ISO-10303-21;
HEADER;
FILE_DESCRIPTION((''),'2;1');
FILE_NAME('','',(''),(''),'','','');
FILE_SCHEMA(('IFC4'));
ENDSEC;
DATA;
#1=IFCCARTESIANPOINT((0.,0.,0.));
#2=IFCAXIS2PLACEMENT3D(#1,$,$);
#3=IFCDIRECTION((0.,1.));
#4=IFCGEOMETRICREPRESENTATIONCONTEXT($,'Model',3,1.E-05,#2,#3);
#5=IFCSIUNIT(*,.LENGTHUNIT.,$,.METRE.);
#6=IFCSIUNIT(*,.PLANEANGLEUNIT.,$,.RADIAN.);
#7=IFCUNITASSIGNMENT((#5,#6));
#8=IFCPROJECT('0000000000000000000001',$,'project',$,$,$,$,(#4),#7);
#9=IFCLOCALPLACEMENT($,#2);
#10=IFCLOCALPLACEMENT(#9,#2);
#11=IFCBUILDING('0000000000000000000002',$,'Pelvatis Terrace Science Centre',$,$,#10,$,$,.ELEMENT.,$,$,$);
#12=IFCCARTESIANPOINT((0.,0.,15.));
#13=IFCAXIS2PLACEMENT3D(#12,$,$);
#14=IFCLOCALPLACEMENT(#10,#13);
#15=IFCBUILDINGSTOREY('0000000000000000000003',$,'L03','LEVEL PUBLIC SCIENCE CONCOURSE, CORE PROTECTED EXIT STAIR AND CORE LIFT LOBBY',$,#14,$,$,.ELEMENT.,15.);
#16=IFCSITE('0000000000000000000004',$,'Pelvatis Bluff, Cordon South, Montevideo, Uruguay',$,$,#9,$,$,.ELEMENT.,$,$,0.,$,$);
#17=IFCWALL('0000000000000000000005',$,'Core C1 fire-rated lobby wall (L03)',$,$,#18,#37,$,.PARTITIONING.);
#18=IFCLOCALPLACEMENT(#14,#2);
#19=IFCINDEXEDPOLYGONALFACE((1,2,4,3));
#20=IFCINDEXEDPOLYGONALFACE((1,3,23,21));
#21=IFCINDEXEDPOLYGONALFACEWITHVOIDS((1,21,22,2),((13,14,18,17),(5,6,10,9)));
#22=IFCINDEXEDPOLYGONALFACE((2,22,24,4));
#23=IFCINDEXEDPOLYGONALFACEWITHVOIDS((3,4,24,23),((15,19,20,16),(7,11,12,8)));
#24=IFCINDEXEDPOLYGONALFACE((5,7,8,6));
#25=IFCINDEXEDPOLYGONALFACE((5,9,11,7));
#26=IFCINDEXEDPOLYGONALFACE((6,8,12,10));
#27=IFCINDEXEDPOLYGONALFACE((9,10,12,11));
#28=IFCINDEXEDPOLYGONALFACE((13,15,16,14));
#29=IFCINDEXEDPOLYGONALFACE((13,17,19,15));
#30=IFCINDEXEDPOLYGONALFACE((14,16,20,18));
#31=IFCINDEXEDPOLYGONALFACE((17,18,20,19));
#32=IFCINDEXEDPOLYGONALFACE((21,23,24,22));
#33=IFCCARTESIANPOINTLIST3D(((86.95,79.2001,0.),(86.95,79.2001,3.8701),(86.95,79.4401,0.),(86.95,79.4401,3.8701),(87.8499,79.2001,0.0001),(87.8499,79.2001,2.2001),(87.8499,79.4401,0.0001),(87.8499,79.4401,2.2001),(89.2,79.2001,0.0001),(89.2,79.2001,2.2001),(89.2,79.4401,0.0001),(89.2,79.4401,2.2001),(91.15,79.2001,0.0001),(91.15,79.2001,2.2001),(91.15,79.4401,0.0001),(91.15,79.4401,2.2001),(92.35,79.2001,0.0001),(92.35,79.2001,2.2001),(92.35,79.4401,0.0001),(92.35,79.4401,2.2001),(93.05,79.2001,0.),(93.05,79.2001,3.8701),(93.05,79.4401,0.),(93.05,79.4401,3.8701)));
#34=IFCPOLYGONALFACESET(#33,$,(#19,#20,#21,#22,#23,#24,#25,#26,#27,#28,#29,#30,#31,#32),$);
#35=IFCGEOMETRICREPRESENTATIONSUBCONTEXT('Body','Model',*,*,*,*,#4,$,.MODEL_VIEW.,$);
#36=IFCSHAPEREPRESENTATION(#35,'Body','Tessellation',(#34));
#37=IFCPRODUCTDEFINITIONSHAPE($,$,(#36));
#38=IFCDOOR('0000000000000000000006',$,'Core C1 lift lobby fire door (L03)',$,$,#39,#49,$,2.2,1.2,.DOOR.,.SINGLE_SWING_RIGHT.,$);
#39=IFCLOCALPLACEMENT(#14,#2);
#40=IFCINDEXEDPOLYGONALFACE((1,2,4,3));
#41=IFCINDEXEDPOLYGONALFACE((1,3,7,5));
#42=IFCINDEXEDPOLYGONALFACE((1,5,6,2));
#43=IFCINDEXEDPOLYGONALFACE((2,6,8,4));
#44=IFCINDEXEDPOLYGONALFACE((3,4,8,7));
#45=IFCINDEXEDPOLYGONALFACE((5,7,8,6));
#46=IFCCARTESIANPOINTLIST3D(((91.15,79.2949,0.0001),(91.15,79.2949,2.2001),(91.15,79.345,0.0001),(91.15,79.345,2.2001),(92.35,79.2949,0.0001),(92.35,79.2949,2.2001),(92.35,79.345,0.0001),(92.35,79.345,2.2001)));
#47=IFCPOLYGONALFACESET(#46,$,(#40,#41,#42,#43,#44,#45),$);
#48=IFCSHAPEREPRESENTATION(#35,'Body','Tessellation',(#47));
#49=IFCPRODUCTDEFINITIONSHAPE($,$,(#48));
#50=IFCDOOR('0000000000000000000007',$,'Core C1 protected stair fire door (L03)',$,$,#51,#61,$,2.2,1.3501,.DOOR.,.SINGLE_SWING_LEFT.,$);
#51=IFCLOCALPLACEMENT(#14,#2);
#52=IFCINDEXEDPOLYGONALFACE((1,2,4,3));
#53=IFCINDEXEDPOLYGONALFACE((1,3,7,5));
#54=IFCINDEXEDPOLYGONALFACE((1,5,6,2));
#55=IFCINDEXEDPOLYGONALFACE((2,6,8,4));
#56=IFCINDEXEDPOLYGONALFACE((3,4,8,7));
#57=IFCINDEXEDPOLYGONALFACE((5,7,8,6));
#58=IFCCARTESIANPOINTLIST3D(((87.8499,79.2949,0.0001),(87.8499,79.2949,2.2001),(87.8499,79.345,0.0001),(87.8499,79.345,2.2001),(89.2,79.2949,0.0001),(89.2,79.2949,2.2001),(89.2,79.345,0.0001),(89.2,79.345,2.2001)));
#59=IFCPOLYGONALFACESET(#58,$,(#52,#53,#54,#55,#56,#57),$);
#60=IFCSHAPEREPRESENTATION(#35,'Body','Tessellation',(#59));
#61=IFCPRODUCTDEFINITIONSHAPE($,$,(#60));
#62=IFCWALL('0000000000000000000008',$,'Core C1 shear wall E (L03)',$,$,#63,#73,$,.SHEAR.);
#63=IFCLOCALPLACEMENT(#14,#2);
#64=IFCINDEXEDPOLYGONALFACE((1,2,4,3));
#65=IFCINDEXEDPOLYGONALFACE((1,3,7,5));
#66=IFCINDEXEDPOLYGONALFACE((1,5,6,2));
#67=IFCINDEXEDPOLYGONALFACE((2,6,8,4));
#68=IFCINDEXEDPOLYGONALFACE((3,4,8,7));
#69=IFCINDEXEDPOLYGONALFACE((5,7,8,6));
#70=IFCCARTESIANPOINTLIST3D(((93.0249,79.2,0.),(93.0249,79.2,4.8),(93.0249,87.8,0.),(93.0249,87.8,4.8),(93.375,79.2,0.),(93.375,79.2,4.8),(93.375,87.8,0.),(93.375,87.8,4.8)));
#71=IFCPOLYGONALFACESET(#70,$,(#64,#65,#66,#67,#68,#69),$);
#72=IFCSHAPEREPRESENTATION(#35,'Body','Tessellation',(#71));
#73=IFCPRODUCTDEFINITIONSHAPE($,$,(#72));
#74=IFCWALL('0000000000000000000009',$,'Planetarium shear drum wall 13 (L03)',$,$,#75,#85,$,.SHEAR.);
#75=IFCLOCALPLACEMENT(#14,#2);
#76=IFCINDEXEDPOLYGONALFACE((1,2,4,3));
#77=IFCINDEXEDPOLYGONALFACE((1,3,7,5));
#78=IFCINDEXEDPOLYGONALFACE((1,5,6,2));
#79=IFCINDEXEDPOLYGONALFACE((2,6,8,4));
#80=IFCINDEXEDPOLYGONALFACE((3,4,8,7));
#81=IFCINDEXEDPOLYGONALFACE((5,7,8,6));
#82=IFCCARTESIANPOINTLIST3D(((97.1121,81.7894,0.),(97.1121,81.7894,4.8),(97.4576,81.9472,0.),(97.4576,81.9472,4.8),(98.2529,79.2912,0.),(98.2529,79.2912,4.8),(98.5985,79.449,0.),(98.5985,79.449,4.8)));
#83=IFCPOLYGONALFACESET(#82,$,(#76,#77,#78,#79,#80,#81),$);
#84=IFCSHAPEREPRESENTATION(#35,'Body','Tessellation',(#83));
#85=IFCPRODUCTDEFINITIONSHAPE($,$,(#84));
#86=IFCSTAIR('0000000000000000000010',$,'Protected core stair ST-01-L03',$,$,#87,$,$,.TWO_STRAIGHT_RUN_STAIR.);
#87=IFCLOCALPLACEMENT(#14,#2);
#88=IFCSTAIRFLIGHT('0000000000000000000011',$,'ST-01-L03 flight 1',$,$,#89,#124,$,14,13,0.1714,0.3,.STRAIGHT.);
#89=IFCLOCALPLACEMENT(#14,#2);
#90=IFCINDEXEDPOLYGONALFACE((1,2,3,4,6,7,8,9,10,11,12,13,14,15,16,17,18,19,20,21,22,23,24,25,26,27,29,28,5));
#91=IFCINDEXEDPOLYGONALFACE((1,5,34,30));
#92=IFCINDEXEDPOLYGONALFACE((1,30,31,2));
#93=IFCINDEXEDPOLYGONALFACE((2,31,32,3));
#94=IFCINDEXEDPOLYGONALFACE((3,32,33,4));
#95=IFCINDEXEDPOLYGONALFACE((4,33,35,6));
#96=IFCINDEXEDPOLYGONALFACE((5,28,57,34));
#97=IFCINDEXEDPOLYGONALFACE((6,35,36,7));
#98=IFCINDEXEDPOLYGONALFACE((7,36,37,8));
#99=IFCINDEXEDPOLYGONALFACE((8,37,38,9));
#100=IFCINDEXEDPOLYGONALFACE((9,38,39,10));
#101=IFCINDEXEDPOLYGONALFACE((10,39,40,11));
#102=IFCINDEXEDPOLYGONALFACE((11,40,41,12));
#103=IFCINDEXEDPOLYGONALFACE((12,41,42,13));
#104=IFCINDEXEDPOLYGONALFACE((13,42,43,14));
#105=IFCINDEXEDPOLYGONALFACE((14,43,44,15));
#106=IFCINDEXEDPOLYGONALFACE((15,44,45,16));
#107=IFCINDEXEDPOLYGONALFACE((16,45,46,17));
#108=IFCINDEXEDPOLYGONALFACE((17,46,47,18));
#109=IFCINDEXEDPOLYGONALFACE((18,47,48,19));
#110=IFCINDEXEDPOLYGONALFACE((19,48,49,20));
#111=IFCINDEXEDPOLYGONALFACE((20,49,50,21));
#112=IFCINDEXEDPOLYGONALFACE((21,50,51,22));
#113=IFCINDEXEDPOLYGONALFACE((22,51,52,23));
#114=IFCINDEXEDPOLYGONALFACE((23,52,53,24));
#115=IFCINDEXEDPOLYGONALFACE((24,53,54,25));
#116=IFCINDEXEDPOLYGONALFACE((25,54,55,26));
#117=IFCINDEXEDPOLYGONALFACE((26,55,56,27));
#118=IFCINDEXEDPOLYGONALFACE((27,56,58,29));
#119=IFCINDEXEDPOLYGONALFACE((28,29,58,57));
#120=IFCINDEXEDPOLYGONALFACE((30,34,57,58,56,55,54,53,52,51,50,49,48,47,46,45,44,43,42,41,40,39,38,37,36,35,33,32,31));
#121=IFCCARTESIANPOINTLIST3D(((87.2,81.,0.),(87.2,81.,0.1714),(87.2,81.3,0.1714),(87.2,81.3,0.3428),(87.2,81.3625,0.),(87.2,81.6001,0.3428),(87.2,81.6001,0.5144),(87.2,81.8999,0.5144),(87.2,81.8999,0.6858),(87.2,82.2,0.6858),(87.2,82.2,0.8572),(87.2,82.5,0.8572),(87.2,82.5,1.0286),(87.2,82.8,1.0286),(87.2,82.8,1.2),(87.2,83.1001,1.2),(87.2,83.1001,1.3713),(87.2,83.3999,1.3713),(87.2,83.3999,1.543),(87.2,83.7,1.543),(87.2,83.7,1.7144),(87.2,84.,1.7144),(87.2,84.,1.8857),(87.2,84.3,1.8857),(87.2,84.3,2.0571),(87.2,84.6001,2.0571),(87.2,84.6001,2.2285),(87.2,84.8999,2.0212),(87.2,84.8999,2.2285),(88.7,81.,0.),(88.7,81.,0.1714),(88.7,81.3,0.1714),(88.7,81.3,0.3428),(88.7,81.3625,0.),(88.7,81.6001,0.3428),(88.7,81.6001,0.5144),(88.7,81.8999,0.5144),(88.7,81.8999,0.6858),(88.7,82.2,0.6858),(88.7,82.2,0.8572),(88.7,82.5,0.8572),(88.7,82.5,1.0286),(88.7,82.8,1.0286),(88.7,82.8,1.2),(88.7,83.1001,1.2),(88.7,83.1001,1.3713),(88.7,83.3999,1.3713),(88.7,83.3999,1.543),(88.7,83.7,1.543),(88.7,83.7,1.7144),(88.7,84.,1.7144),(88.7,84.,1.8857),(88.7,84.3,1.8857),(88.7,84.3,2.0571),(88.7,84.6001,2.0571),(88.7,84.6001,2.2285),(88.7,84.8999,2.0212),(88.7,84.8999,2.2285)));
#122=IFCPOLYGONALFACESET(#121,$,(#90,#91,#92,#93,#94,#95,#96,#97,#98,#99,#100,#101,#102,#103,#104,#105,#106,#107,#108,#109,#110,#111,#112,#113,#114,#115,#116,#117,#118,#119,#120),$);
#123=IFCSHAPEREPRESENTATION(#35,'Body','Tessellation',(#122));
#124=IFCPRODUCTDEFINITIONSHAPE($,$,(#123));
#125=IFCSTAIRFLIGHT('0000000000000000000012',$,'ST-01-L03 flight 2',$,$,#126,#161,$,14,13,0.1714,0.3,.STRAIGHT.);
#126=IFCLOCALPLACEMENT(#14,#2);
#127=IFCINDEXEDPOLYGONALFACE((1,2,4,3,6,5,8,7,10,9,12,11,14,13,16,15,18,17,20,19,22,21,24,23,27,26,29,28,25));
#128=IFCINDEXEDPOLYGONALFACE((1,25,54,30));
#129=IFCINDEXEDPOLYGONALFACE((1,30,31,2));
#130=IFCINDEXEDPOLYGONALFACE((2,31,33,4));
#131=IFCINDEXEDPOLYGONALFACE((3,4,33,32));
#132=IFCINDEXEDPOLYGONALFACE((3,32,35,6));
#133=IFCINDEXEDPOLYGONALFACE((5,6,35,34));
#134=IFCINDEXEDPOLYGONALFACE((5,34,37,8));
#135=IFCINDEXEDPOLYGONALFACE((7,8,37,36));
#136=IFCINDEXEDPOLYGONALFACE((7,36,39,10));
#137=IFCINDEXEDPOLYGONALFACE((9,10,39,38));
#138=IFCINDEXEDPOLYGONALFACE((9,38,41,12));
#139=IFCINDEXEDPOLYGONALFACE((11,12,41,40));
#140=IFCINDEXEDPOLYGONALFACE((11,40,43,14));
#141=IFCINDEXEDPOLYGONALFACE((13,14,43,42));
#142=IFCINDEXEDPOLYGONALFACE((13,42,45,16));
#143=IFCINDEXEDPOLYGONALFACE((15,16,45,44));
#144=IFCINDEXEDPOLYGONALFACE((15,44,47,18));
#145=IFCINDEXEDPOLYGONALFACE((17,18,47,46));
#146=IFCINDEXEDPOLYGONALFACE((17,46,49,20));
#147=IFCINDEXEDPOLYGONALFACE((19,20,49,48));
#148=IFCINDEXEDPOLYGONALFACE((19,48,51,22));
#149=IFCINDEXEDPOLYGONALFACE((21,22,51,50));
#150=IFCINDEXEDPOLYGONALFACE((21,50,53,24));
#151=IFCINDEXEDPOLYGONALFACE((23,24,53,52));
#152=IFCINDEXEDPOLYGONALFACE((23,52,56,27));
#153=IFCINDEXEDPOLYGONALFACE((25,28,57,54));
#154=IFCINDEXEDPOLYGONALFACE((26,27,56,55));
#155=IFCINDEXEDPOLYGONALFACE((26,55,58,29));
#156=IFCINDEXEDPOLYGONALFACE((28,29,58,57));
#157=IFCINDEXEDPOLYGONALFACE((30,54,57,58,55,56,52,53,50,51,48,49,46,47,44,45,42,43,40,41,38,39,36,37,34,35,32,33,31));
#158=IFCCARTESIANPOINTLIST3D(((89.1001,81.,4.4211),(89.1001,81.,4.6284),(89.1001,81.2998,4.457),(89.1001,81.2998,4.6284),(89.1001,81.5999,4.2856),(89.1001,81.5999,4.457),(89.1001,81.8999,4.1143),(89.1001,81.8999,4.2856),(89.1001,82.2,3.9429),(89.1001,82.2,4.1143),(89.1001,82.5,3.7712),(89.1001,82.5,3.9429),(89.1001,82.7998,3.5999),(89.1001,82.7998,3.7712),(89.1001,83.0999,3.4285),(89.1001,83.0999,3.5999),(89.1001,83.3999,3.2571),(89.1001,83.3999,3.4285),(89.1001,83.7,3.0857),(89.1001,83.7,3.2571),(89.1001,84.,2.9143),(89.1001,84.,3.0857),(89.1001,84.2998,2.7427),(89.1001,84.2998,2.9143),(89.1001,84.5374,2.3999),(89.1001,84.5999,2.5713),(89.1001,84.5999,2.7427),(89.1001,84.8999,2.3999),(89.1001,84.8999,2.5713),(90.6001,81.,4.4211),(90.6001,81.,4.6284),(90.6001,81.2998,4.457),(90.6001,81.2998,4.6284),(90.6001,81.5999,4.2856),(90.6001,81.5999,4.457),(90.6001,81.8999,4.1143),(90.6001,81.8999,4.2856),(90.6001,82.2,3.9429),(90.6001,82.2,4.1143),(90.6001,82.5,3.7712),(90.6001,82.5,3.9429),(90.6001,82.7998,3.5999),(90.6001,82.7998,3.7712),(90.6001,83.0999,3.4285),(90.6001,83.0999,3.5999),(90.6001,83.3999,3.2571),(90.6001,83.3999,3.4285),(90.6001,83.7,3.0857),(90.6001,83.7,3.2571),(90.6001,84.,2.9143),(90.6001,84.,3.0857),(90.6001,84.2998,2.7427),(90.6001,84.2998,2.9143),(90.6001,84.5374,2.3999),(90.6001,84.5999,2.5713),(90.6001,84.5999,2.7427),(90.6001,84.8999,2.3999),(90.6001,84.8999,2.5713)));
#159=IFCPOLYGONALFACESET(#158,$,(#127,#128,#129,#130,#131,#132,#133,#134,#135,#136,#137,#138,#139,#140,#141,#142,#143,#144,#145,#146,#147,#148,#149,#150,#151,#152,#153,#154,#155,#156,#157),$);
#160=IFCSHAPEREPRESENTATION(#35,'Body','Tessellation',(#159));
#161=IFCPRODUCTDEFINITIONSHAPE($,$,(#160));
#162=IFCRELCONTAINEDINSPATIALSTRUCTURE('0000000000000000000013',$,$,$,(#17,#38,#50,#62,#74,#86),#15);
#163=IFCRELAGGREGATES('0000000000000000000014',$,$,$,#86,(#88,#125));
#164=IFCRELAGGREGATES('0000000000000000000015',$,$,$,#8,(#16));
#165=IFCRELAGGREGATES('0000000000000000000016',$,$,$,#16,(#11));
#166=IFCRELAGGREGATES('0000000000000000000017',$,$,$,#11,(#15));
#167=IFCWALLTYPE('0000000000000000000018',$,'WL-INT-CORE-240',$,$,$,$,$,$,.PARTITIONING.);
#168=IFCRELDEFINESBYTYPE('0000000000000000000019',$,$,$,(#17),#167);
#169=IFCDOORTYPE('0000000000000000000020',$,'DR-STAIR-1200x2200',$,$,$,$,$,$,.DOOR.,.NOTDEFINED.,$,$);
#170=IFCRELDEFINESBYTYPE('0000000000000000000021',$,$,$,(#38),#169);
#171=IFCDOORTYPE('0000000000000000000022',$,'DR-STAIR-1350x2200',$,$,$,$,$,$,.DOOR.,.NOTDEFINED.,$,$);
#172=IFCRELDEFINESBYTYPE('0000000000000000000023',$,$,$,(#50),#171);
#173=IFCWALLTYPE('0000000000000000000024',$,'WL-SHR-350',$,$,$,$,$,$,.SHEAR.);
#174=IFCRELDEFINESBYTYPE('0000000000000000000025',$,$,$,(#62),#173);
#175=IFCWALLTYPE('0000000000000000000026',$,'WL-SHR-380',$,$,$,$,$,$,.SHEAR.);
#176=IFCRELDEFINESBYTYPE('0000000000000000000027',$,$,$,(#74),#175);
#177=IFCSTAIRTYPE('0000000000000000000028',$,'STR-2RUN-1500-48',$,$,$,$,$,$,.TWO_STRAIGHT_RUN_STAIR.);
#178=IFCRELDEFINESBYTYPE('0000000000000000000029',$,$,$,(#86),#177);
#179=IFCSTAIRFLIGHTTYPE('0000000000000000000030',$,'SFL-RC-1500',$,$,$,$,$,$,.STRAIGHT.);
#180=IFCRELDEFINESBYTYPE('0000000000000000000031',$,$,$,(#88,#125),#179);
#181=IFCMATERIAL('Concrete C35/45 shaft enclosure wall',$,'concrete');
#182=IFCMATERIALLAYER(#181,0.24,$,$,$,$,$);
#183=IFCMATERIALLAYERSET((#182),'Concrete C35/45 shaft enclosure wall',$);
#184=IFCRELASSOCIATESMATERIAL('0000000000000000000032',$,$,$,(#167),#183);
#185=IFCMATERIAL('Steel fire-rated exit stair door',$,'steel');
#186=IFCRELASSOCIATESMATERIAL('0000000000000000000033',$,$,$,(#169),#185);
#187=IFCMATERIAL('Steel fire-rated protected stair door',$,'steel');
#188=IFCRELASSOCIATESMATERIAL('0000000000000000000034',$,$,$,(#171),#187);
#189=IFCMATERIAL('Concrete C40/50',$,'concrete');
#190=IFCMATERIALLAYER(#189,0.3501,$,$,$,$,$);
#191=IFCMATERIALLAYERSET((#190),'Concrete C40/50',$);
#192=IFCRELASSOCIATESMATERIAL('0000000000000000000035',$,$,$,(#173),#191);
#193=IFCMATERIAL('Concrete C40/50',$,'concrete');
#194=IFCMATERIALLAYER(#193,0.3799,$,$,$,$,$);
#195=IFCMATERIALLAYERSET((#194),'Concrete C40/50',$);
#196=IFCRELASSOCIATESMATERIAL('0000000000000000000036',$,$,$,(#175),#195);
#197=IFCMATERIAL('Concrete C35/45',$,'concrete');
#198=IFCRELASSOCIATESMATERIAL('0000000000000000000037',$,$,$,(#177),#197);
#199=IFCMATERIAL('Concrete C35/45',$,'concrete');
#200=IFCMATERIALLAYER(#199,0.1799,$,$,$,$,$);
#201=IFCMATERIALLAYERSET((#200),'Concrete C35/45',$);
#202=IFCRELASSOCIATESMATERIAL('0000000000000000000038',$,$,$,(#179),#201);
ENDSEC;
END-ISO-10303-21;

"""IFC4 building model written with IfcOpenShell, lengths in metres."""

from ifc_helpers import new_model, si_unit, direction, frame, frame_2d, origin, place, context, subcontext, project, spatial, polyline, rectangle, outline, extrude, material, layer, layer_set, type_object, element, fill, aggregate, save


model = new_model("IFC4")

# Units and contexts
model_context = context("Model", 3, precision=1e-05, world=origin(), true_north=direction((0.0, 1.0)))
body_context = subcontext(model_context, "Body", "Model", "MODEL_VIEW")
ifc_project = project(units=[si_unit("LENGTHUNIT", "METRE"), si_unit("PLANEANGLEUNIT", "RADIAN")], contexts=[model_context])

# Site, building, storey
site_placement = place(None, origin())
site = spatial("IfcSite", under=ifc_project, at=site_placement, Name="Pelvatis Bluff, Cordon South, Montevideo, Uruguay", CompositionType="ELEMENT", RefElevation=0.0)
building_placement = place(site_placement, origin())
building = spatial("IfcBuilding", under=site, at=building_placement, Name="Pelvatis Terrace Science Centre", CompositionType="ELEMENT")
storey_placement = place(building_placement, frame((0.0, 0.0, 15.0)))
storey = spatial("IfcBuildingStorey", under=building, at=storey_placement, Name="L03", Description="LEVEL PUBLIC SCIENCE CONCOURSE, CORE PROTECTED EXIT STAIR AND CORE LIFT LOBBY", CompositionType="ELEMENT", Elevation=15.0)

# Wall, openings, doors
ifc_material_1 = material(Name="Concrete C35/45 shaft enclosure wall", Category="concrete")
ifc_layer_1 = layer(ifc_material_1, 0.24)
ifc_layer_set_1 = layer_set([ifc_layer_1], Name="Concrete C35/45 shaft enclosure wall")
wall_type_1 = type_object("IfcWallType", Name="WL-INT-CORE-240", PredefinedType="PARTITIONING", material=ifc_layer_set_1)
wall_1_placement = place(storey_placement, frame((86.95, 79.3201, 0.0), z_axis=(0.0, 0.0, 1.0), x_axis=(1.0, 0.0, 0.0)))
wall_1 = element("IfcWall", 1, at=wall_1_placement, inside=storey, type_object=wall_type_1, Name="Core C1 fire-rated lobby wall (L03)", PredefinedType="PARTITIONING", context=body_context, shape_type="SweptSolid", body=[
    extrude(rectangle(XDim=6.1001, YDim=0.24, at=frame_2d((3.05, 0.0))), origin(), (0.0, 0.0, 1.0), 3.8701),
])
opening_1_placement = place(wall_1_placement, frame((0.8999, 0.0, 0.0)))
opening_1 = element("IfcOpeningElement", 2, at=opening_1_placement, cuts=wall_1, PredefinedType="OPENING", context=body_context, shape_type="SweptSolid", body=[
    extrude(rectangle(XDim=1.3501, YDim=2.2, at=frame_2d((0.675, 1.1001))), frame((0.0, 0.1299, 0.0), z_axis=(0.0, -1.0, 0.0), x_axis=(1.0, 0.0, 0.0)), (0.0, 0.0, 1.0), 0.26),
])
opening_2_placement = place(wall_1_placement, frame((4.2, 0.0, 0.0)))
opening_2 = element("IfcOpeningElement", 3, at=opening_2_placement, cuts=wall_1, PredefinedType="OPENING", context=body_context, shape_type="SweptSolid", body=[
    extrude(rectangle(XDim=1.2, YDim=2.2, at=frame_2d((0.6001, 1.1001))), frame((0.0, 0.1299, 0.0), z_axis=(0.0, -1.0, 0.0), x_axis=(1.0, 0.0, 0.0)), (0.0, 0.0, 1.0), 0.26),
])
ifc_material_2 = material(Name="Steel fire-rated exit stair door", Category="steel")
door_type_1 = type_object("IfcDoorType", Name="DR-STAIR-1200x2200", OperationType="NOTDEFINED", PredefinedType="DOOR", material=ifc_material_2)
door_1_placement = place(opening_2_placement, origin())
door_1 = element("IfcDoor", 4, at=door_1_placement, inside=storey, type_object=door_type_1, Name="Core C1 lift lobby fire door (L03)", OperationType="SINGLE_SWING_RIGHT", OverallHeight=2.2, OverallWidth=1.2, PredefinedType="DOOR", context=body_context, shape_type="SweptSolid", body=[
    extrude(rectangle(XDim=1.2, YDim=2.2, at=frame_2d((0.6001, 1.1001))), frame((0.0, 0.0249, 0.0), z_axis=(0.0, -1.0, 0.0), x_axis=(1.0, 0.0, 0.0)), (0.0, 0.0, 1.0), 0.05),
])
fill(opening_2, door_1)
ifc_material_3 = material(Name="Steel fire-rated protected stair door", Category="steel")
door_type_2 = type_object("IfcDoorType", Name="DR-STAIR-1350x2200", OperationType="NOTDEFINED", PredefinedType="DOOR", material=ifc_material_3)
door_2_placement = place(opening_1_placement, origin())
door_2 = element("IfcDoor", 5, at=door_2_placement, inside=storey, type_object=door_type_2, Name="Core C1 protected stair fire door (L03)", OperationType="SINGLE_SWING_LEFT", OverallHeight=2.2, OverallWidth=1.3501, PredefinedType="DOOR", context=body_context, shape_type="SweptSolid", body=[
    extrude(rectangle(XDim=1.3501, YDim=2.2, at=frame_2d((0.675, 1.1001))), frame((0.0, 0.0249, 0.0), z_axis=(0.0, -1.0, 0.0), x_axis=(1.0, 0.0, 0.0)), (0.0, 0.0, 1.0), 0.05),
])
fill(opening_1, door_2)

# Walls
ifc_material_4 = material(Name="Concrete C40/50", Category="concrete")
ifc_layer_2 = layer(ifc_material_4, 0.3501)
ifc_layer_set_2 = layer_set([ifc_layer_2], Name="Concrete C40/50")
wall_type_2 = type_object("IfcWallType", Name="WL-SHR-350", PredefinedType="SHEAR", material=ifc_layer_set_2)
wall_2_placement = place(storey_placement, frame((93.2, 79.2, 0.0), z_axis=(0.0, 0.0, 1.0), x_axis=(0.0, 1.0, 0.0)))
element("IfcWall", 6, at=wall_2_placement, inside=storey, type_object=wall_type_2, Name="Core C1 shear wall E (L03)", PredefinedType="SHEAR", context=body_context, shape_type="SweptSolid", body=[
    extrude(rectangle(XDim=8.6001, YDim=0.3501, at=frame_2d((4.3, 0.0))), origin(), (0.0, 0.0, 1.0), 4.8),
])
ifc_material_5 = material(Name="Concrete C40/50", Category="concrete")
ifc_layer_3 = layer(ifc_material_5, 0.3799)
ifc_layer_set_3 = layer_set([ifc_layer_3], Name="Concrete C40/50")
wall_type_3 = type_object("IfcWallType", Name="WL-SHR-380", PredefinedType="SHEAR", material=ifc_layer_set_3)
wall_3_placement = place(storey_placement, frame((97.2849, 81.8682, 0.0), z_axis=(0.0, 0.0, 1.0), x_axis=(0.415396, -0.909641, 0.0)))
element("IfcWall", 7, at=wall_3_placement, inside=storey, type_object=wall_type_3, Name="Planetarium shear drum wall 13 (L03)", PredefinedType="SHEAR", context=body_context, shape_type="SweptSolid", body=[
    extrude(rectangle(XDim=2.7463, YDim=0.3799, at=frame_2d((1.373, 0.0))), origin(), (0.0, 0.0, 1.0), 4.8),
])

# Stair, stair flights
ifc_material_6 = material(Name="Concrete C35/45", Category="concrete")
stair_type = type_object("IfcStairType", Name="STR-2RUN-1500-48", PredefinedType="TWO_STRAIGHT_RUN_STAIR", material=ifc_material_6)
stair_placement = place(storey_placement, origin())
stair = element("IfcStair", 8, at=stair_placement, inside=storey, type_object=stair_type, Name="Protected core stair ST-01-L03", PredefinedType="TWO_STRAIGHT_RUN_STAIR")
ifc_material_7 = material(Name="Concrete C35/45", Category="concrete")
ifc_layer_4 = layer(ifc_material_7, 0.1799)
ifc_layer_set_4 = layer_set([ifc_layer_4], Name="Concrete C35/45")
stair_flight_type = type_object("IfcStairFlightType", Name="SFL-RC-1500", PredefinedType="STRAIGHT", material=ifc_layer_set_4)
stair_flight_1_placement = place(storey_placement, frame((87.95, 81.0, 0.0), z_axis=(0.0, 0.0, 1.0), x_axis=(0.0, 1.0, 0.0)))
stair_flight_1 = element("IfcStairFlight", 9, at=stair_flight_1_placement, type_object=stair_flight_type, Name="ST-01-L03 flight 1", NumberOfRisers=14, NumberOfTreads=13, PredefinedType="STRAIGHT", RiserHeight=0.1714, TreadLength=0.3, context=body_context, shape_type="SweptSolid", body=[
    extrude(outline(polyline([(0.0, 0.0), (0.0, 0.1714), (0.3, 0.1714), (0.3, 0.3428), (0.6001, 0.3428), (0.6001, 0.5144), (0.8999, 0.5144), (0.8999, 0.6858), (1.2, 0.6858), (1.2, 0.8572), (1.5, 0.8572), (1.5, 1.0286), (1.8, 1.0286), (1.8, 1.2), (2.1001, 1.2), (2.1001, 1.3713), (2.3999, 1.3713), (2.3999, 1.543), (2.7, 1.543), (2.7, 1.7144), (3.0, 1.7144), (3.0, 1.8857), (3.3, 1.8857), (3.3, 2.0571), (3.6001, 2.0571), (3.6001, 2.2285), (3.8999, 2.2285), (3.8999, 2.3999), (3.8999, 2.0212), (0.3625, 0.0), (0.0, 0.0)])), frame((0.0, 0.75, 0.0), z_axis=(0.0, -1.0, 0.0), x_axis=(1.0, 0.0, 0.0)), (0.0, 0.0, 1.0), 1.5),
])
stair_flight_2_placement = place(storey_placement, frame((89.8501, 84.8999, 2.3999), z_axis=(0.0, 0.0, 1.0), x_axis=(0.0, -1.0, 0.0)))
stair_flight_2 = element("IfcStairFlight", 10, at=stair_flight_2_placement, type_object=stair_flight_type, Name="ST-01-L03 flight 2", NumberOfRisers=14, NumberOfTreads=13, PredefinedType="STRAIGHT", RiserHeight=0.1714, TreadLength=0.3, context=body_context, shape_type="SweptSolid", body=[
    extrude(outline(polyline([(0.0, 0.0), (0.0, 0.1714), (0.3, 0.1714), (0.3, 0.3428), (0.6001, 0.3428), (0.6001, 0.5144), (0.8999, 0.5144), (0.8999, 0.6858), (1.2, 0.6858), (1.2, 0.8572), (1.5, 0.8572), (1.5, 1.0286), (1.8, 1.0286), (1.8, 1.2), (2.1001, 1.2), (2.1001, 1.3713), (2.3999, 1.3713), (2.3999, 1.543), (2.7, 1.543), (2.7, 1.7144), (3.0, 1.7144), (3.0, 1.8857), (3.3, 1.8857), (3.3, 2.0571), (3.6001, 2.0571), (3.6001, 2.2285), (3.8999, 2.2285), (3.8999, 2.3999), (3.8999, 2.0212), (0.3625, 0.0), (0.0, 0.0)])), frame((0.0, 0.75, 0.0), z_axis=(0.0, -1.0, 0.0), x_axis=(1.0, 0.0, 0.0)), (0.0, 0.0, 1.0), 1.5),
])
aggregate(stair, [stair_flight_1, stair_flight_2])

save(model, "model.ifc")
